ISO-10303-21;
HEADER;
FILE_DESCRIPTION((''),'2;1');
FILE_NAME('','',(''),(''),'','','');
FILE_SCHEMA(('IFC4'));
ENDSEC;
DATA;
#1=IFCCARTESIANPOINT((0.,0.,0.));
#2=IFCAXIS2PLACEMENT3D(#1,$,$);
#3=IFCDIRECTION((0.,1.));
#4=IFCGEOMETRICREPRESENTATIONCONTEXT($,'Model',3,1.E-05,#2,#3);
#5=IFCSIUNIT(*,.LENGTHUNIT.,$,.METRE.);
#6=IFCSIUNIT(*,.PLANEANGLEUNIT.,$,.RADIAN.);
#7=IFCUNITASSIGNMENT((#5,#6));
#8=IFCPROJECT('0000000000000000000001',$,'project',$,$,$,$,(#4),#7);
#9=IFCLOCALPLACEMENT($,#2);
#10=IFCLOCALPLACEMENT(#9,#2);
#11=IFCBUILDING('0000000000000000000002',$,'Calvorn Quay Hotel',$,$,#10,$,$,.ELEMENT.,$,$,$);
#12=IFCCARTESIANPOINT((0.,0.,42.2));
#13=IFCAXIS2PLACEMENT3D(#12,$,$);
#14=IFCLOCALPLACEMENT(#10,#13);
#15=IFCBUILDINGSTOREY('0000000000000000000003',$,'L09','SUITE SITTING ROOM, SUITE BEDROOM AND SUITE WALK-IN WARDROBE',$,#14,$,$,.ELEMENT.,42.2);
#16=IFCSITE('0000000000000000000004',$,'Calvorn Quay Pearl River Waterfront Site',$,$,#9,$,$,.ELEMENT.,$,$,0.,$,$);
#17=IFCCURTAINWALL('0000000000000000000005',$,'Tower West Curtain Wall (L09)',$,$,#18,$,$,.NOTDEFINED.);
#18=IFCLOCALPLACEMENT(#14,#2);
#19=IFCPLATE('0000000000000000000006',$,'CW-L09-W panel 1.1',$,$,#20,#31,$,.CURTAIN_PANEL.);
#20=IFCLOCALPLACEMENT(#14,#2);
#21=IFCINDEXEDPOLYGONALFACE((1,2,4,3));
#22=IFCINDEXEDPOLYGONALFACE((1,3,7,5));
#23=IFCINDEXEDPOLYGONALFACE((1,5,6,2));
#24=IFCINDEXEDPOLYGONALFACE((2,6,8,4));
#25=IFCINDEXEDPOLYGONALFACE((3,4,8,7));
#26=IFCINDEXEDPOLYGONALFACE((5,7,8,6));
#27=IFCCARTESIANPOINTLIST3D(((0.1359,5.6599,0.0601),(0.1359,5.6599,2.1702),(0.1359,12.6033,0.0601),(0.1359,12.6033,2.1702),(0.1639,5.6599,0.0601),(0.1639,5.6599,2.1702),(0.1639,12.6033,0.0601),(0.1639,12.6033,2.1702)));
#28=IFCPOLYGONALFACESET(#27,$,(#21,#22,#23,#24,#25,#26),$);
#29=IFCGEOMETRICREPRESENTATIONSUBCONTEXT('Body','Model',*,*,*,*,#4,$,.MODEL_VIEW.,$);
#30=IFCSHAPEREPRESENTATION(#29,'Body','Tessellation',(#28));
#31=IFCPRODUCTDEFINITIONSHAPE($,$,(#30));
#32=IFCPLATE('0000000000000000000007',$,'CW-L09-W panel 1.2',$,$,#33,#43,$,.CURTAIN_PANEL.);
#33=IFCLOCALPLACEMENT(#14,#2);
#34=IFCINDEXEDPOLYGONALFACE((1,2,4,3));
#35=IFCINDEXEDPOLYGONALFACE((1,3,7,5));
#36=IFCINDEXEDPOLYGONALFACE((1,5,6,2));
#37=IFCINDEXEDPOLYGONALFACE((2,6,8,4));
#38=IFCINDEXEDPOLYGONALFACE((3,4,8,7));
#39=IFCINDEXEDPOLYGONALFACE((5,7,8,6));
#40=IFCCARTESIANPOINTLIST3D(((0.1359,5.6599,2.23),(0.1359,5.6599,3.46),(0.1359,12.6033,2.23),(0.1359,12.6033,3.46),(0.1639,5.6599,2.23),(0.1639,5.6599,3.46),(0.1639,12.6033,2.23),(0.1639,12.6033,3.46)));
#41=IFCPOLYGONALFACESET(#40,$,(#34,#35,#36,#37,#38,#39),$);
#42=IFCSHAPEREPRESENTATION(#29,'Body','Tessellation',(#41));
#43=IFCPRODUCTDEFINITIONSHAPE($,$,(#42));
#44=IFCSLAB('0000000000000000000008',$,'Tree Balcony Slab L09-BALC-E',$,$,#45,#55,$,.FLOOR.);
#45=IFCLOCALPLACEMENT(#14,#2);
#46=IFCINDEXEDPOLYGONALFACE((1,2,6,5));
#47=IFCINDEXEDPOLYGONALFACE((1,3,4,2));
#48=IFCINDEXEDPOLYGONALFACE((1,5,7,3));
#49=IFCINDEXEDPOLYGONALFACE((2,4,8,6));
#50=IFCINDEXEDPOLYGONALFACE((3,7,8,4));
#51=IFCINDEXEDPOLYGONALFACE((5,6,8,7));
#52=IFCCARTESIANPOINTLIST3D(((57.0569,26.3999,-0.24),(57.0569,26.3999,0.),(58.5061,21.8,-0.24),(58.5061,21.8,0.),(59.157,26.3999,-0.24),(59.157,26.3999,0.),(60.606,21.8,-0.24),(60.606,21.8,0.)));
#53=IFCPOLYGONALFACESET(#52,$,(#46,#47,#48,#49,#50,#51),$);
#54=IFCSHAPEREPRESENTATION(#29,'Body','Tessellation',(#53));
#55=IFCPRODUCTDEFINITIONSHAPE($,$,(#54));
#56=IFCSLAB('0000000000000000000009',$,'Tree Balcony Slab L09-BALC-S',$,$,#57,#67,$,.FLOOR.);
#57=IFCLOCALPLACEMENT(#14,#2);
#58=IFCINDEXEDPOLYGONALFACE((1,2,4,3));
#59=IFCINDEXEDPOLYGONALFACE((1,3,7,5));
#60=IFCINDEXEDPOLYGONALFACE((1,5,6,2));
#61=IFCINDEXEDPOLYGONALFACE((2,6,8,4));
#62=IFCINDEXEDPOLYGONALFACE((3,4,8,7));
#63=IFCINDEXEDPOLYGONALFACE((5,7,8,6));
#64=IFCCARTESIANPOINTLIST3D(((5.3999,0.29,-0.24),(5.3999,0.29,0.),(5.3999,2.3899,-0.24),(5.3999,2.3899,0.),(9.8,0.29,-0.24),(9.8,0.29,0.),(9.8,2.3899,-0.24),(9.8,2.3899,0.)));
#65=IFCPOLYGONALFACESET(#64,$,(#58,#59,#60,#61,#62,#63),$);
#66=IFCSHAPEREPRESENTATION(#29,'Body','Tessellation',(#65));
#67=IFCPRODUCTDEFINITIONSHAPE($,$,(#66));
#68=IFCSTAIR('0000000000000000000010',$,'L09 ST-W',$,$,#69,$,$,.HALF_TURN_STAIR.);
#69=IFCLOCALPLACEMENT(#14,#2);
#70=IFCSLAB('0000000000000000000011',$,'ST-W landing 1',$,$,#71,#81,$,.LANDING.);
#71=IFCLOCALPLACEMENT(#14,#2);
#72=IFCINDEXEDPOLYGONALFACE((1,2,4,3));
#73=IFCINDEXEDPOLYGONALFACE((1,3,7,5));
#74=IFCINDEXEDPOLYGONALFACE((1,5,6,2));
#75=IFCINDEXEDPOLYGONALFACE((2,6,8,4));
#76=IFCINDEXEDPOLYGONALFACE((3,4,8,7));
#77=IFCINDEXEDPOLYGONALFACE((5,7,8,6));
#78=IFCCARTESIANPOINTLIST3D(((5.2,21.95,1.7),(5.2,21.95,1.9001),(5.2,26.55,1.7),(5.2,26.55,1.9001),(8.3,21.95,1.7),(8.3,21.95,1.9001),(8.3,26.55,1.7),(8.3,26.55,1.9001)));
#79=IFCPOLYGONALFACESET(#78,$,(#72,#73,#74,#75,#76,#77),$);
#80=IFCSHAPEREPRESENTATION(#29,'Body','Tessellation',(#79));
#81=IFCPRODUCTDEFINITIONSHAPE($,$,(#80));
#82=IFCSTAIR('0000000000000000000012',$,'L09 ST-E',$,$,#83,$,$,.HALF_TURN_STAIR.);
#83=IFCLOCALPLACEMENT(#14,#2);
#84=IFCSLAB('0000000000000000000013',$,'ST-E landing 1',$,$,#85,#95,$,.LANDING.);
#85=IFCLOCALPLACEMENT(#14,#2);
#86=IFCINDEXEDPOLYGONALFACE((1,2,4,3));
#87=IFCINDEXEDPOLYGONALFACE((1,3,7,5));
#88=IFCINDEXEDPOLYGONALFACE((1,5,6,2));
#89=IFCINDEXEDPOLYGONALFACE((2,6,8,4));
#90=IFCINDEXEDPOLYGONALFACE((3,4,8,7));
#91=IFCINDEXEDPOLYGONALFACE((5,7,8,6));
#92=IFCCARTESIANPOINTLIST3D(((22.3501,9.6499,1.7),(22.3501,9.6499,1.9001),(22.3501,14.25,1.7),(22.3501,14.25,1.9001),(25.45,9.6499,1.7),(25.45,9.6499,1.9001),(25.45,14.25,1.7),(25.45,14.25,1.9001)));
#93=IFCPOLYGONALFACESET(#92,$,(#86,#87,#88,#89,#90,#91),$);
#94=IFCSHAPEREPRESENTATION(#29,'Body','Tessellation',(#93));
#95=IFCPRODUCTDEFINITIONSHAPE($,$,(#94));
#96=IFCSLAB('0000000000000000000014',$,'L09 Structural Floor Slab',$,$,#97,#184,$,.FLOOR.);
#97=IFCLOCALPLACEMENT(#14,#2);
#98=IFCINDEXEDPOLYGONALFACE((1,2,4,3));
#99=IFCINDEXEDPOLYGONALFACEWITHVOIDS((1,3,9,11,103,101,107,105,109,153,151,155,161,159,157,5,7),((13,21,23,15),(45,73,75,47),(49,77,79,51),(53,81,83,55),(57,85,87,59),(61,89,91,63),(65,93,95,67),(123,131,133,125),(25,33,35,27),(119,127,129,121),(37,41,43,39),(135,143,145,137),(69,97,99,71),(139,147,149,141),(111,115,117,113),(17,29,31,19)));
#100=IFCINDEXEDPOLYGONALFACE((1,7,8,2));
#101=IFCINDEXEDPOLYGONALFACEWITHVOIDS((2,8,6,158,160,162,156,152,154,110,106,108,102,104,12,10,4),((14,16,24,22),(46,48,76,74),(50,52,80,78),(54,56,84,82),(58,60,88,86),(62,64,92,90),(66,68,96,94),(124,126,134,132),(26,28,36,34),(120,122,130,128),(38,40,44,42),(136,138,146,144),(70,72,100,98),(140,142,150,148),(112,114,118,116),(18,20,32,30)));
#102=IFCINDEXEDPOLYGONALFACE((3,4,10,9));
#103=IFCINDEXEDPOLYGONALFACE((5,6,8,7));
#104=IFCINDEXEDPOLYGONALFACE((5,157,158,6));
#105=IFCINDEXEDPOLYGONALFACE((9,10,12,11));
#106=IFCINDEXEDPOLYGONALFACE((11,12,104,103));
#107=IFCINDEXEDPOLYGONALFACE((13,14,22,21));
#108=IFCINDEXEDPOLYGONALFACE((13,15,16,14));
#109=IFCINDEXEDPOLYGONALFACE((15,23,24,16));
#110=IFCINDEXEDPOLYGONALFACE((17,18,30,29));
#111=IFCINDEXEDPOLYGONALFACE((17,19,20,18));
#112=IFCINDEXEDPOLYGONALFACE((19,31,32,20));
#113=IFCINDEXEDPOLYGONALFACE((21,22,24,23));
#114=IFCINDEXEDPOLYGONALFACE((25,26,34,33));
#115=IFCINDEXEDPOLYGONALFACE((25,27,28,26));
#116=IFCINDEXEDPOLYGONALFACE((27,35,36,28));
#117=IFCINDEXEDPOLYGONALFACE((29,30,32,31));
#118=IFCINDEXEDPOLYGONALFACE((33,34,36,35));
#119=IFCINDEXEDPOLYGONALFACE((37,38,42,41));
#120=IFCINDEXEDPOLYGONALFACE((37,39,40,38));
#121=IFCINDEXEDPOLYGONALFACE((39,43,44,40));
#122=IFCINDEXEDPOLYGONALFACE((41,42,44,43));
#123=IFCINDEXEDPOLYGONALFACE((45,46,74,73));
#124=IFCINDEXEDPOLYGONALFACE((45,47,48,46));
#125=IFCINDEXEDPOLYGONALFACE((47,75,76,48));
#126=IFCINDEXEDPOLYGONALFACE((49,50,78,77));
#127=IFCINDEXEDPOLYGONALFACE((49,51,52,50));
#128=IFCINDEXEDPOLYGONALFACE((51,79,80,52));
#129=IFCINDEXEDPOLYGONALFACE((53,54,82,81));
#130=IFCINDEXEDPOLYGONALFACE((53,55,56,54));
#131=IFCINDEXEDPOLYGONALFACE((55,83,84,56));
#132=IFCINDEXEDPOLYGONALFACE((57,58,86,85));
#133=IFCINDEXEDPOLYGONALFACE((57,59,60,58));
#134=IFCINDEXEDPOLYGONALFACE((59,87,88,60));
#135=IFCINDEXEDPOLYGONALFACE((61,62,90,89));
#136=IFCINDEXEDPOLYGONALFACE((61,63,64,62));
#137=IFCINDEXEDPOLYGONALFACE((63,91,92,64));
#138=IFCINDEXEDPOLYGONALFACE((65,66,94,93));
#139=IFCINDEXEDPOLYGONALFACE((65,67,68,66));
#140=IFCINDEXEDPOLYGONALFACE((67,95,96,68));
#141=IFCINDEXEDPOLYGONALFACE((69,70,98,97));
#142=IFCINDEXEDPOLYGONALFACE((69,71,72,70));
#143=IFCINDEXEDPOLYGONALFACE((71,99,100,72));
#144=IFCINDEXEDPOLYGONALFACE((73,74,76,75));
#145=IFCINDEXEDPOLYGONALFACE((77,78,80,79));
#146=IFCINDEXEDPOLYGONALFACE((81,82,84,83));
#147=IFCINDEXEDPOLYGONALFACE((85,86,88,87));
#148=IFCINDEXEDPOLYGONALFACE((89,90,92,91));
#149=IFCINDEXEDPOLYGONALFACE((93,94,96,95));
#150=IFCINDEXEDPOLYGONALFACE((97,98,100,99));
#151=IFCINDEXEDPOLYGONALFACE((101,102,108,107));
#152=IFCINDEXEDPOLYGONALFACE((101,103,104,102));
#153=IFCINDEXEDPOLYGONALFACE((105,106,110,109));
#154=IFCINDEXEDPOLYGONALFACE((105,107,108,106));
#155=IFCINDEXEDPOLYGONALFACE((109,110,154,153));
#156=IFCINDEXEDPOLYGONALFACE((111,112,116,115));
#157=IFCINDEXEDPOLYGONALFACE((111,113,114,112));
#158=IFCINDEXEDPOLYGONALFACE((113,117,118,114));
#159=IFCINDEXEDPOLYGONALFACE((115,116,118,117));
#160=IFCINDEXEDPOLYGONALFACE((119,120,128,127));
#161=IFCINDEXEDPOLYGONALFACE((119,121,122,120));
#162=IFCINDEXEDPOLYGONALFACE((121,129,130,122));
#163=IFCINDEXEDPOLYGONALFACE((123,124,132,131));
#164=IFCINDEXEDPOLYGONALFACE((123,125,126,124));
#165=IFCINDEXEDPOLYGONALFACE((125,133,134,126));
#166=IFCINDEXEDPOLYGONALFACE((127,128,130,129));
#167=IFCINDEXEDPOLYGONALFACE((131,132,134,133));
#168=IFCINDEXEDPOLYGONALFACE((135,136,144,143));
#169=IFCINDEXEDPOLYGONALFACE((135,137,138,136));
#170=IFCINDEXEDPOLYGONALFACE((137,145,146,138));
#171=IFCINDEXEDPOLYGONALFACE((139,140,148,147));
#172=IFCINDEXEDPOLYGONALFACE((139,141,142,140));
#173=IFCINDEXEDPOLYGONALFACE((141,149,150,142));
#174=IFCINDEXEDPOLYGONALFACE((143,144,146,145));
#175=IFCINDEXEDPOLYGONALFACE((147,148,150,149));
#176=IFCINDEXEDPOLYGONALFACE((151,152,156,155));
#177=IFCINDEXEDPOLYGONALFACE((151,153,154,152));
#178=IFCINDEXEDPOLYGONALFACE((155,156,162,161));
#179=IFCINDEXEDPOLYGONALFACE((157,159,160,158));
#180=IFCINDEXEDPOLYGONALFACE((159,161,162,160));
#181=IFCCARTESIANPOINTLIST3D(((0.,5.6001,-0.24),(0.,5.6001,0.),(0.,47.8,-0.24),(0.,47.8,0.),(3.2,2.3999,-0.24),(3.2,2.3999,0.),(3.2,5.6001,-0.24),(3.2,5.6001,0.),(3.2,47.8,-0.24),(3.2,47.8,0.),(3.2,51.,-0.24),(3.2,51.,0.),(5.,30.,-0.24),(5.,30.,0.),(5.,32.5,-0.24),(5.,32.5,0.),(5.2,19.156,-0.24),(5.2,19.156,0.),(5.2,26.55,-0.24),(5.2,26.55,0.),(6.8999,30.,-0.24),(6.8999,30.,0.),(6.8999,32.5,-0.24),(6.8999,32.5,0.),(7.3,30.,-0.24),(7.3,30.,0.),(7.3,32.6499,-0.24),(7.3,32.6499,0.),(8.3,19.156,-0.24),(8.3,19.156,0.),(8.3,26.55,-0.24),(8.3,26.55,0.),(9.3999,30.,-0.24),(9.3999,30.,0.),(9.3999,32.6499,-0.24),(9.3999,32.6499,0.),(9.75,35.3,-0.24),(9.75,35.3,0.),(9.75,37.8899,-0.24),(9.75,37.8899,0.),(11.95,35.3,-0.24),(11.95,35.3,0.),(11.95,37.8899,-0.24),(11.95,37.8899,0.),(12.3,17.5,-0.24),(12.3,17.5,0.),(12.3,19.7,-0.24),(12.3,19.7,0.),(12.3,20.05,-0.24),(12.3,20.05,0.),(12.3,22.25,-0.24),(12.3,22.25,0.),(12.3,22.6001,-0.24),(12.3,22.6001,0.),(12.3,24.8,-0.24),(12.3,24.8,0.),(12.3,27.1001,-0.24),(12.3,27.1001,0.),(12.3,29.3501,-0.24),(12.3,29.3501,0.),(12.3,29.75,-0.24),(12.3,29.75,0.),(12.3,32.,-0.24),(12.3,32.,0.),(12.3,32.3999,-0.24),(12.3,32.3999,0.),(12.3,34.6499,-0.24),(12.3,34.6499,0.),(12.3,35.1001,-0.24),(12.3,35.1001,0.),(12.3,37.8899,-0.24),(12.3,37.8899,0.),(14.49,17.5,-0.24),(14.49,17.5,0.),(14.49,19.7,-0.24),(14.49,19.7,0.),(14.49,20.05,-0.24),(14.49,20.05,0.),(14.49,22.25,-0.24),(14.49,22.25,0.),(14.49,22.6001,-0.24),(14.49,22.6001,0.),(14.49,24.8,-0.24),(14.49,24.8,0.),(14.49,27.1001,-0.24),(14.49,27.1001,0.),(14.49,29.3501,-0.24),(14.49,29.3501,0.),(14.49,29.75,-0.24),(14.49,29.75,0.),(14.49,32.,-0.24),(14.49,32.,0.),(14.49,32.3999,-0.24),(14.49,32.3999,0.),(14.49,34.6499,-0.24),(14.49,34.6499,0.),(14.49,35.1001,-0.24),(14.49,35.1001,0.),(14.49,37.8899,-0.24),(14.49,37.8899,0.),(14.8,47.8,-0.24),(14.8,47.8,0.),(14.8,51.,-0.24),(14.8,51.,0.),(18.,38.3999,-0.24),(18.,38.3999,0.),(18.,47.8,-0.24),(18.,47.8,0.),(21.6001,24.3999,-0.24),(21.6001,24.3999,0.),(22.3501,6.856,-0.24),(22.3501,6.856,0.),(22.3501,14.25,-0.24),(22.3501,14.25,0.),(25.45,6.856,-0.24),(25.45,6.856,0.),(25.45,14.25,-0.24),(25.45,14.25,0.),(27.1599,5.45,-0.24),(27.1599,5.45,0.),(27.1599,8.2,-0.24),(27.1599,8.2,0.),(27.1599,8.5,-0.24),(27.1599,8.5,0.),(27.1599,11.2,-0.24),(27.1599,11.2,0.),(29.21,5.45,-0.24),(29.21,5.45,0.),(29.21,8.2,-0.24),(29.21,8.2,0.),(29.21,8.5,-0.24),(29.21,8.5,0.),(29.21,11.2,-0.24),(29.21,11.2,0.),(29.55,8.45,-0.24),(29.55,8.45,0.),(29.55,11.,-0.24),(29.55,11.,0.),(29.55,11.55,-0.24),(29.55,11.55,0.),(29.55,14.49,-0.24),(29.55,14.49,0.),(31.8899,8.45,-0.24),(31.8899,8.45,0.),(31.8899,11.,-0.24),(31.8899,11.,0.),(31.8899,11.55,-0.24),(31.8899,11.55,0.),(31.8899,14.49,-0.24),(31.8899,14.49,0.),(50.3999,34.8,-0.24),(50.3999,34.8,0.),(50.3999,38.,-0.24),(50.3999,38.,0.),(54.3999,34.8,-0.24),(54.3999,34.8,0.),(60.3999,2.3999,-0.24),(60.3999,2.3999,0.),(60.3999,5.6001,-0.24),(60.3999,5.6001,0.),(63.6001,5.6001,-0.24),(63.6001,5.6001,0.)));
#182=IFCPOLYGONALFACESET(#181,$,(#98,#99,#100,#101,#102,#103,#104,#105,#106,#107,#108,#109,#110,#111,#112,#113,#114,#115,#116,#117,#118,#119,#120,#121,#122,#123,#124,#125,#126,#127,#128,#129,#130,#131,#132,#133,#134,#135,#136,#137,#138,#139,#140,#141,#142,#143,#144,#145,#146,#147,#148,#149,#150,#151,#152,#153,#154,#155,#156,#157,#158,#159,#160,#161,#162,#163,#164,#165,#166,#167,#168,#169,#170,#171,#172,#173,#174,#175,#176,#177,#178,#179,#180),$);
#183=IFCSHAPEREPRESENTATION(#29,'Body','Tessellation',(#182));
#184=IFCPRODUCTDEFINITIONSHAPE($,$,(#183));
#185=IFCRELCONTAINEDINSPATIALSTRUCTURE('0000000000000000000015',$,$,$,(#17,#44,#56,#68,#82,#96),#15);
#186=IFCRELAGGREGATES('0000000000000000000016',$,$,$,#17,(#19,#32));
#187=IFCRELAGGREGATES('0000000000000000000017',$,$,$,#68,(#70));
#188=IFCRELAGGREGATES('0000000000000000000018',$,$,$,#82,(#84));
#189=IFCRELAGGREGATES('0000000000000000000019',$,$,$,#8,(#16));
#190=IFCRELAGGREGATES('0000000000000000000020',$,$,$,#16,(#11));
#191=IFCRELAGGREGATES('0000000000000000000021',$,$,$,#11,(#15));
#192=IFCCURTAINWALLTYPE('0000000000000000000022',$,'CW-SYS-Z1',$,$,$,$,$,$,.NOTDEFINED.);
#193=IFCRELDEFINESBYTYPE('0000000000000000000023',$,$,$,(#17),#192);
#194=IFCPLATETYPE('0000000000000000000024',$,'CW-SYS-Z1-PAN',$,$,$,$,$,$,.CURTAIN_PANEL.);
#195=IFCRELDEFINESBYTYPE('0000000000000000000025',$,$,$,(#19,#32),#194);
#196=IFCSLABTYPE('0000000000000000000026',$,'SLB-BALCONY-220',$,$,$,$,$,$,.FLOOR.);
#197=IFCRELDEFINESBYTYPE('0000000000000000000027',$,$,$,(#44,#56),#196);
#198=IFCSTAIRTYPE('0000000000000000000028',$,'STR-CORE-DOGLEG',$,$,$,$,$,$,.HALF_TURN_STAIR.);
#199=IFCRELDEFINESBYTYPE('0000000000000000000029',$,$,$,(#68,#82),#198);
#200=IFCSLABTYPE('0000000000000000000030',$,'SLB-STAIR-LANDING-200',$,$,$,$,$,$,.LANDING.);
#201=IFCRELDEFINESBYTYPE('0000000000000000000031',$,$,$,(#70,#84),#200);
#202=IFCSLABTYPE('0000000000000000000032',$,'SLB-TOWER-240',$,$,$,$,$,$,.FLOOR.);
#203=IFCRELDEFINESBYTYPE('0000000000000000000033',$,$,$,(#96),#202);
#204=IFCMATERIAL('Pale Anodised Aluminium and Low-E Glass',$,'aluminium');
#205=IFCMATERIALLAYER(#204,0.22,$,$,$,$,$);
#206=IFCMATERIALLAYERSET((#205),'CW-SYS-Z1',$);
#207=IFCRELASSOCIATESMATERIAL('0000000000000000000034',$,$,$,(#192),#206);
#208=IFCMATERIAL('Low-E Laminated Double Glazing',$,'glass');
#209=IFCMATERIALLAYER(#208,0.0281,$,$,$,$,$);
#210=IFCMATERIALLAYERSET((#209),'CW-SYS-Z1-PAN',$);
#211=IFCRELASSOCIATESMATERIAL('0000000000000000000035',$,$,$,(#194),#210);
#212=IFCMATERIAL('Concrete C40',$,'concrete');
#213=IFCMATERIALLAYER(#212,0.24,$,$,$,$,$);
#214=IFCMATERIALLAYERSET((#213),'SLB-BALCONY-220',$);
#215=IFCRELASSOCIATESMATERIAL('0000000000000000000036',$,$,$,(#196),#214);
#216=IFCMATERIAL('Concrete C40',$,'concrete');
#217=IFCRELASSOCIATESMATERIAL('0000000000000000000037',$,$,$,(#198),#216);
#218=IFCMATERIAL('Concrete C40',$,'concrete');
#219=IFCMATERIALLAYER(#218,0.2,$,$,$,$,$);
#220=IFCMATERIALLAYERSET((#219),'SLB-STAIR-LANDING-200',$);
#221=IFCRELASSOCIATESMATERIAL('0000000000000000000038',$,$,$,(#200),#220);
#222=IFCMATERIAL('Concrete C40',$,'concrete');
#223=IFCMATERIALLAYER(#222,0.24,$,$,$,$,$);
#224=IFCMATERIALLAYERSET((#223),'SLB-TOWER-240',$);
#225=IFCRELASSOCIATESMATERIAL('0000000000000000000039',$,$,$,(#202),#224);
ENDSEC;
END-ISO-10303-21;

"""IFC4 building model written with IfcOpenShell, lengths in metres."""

from ifc_helpers import new_model, si_unit, direction, frame, origin, origin_2d, place, context, subcontext, project, spatial, polyline, rectangle, outline, extrude, material, layer, layer_set, type_object, element, aggregate, save


model = new_model("IFC4")

# Units and contexts
model_context = context("Model", 3, precision=1e-05, world=origin(), true_north=direction((0.0, 1.0)))
body_context = subcontext(model_context, "Body", "Model", "MODEL_VIEW")
ifc_project = project(units=[si_unit("LENGTHUNIT", "METRE"), si_unit("PLANEANGLEUNIT", "RADIAN")], contexts=[model_context])

# Site, building, storey
site_placement = place(None, origin())
site = spatial("IfcSite", under=ifc_project, at=site_placement, Name="Calvorn Quay Pearl River Waterfront Site", CompositionType="ELEMENT", RefElevation=0.0)
building_placement = place(site_placement, origin())
building = spatial("IfcBuilding", under=site, at=building_placement, Name="Calvorn Quay Hotel", CompositionType="ELEMENT")
storey_placement = place(building_placement, frame((0.0, 0.0, 42.2)))
storey = spatial("IfcBuildingStorey", under=building, at=storey_placement, Name="L09", Description="SUITE SITTING ROOM, SUITE BEDROOM AND SUITE WALK-IN WARDROBE", CompositionType="ELEMENT", Elevation=42.2)

# Curtain wall, plates
ifc_material_1 = material(Name="Pale Anodised Aluminium and Low-E Glass", Category="aluminium")
ifc_layer_1 = layer(ifc_material_1, 0.22)
ifc_layer_set_1 = layer_set([ifc_layer_1], Name="CW-SYS-Z1")
curtain_wall_type = type_object("IfcCurtainWallType", Name="CW-SYS-Z1", PredefinedType="NOTDEFINED", material=ifc_layer_set_1)
curtain_wall_placement = place(storey_placement, origin())
curtain_wall = element("IfcCurtainWall", 1, at=curtain_wall_placement, inside=storey, type_object=curtain_wall_type, Name="Tower West Curtain Wall (L09)", PredefinedType="NOTDEFINED")
ifc_material_2 = material(Name="Low-E Laminated Double Glazing", Category="glass")
ifc_layer_2 = layer(ifc_material_2, 0.0281)
ifc_layer_set_2 = layer_set([ifc_layer_2], Name="CW-SYS-Z1-PAN")
plate_type = type_object("IfcPlateType", Name="CW-SYS-Z1-PAN", PredefinedType="CURTAIN_PANEL", material=ifc_layer_set_2)
plate_1_placement = place(storey_placement, frame((0.1499, 9.1316, 0.0601), z_axis=(0.0, 0.0, 1.0), x_axis=(0.0, 1.0, 0.0)))
plate_1 = element("IfcPlate", 2, at=plate_1_placement, type_object=plate_type, Name="CW-L09-W panel 1.1", PredefinedType="CURTAIN_PANEL", context=body_context, shape_type="SweptSolid", body=[
    extrude(rectangle(XDim=6.9434, YDim=0.0281, at=origin_2d()), origin(), (0.0, 0.0, 1.0), 2.1101),
])
plate_2_placement = place(storey_placement, frame((0.1499, 9.1316, 2.23), z_axis=(0.0, 0.0, 1.0), x_axis=(0.0, 1.0, 0.0)))
plate_2 = element("IfcPlate", 3, at=plate_2_placement, type_object=plate_type, Name="CW-L09-W panel 1.2", PredefinedType="CURTAIN_PANEL", context=body_context, shape_type="SweptSolid", body=[
    extrude(rectangle(XDim=6.9434, YDim=0.0281, at=origin_2d()), origin(), (0.0, 0.0, 1.0), 1.23),
])
aggregate(curtain_wall, [plate_1, plate_2])

# Slabs
ifc_material_3 = material(Name="Concrete C40", Category="concrete")
ifc_layer_3 = layer(ifc_material_3, 0.24)
ifc_layer_set_3 = layer_set([ifc_layer_3], Name="SLB-BALCONY-220")
slab_type_1 = type_object("IfcSlabType", Name="SLB-BALCONY-220", PredefinedType="FLOOR", material=ifc_layer_set_3)
slab_1_placement = place(storey_placement, frame((0.0, 0.0, -0.24)))
element("IfcSlab", 4, at=slab_1_placement, inside=storey, type_object=slab_type_1, Name="Tree Balcony Slab L09-BALC-E", PredefinedType="FLOOR", context=body_context, shape_type="SweptSolid", body=[
    extrude(outline(polyline([(58.5061, 21.8), (60.606, 21.8), (59.157, 26.3999), (57.0569, 26.3999), (58.5061, 21.8)])), origin(), (0.0, 0.0, 1.0), 0.24),
])
slab_2_placement = place(storey_placement, frame((0.0, 0.0, -0.24)))
element("IfcSlab", 5, at=slab_2_placement, inside=storey, type_object=slab_type_1, Name="Tree Balcony Slab L09-BALC-S", PredefinedType="FLOOR", context=body_context, shape_type="SweptSolid", body=[
    extrude(outline(polyline([(5.3999, 0.29), (9.8, 0.29), (9.8, 2.3899), (5.3999, 2.3899), (5.3999, 0.29)])), origin(), (0.0, 0.0, 1.0), 0.24),
])

# Stairs, slabs
ifc_material_4 = material(Name="Concrete C40", Category="concrete")
stair_type = type_object("IfcStairType", Name="STR-CORE-DOGLEG", PredefinedType="HALF_TURN_STAIR", material=ifc_material_4)
stair_1_placement = place(storey_placement, origin())
stair_1 = element("IfcStair", 6, at=stair_1_placement, inside=storey, type_object=stair_type, Name="L09 ST-W", PredefinedType="HALF_TURN_STAIR")
ifc_material_5 = material(Name="Concrete C40", Category="concrete")
ifc_layer_4 = layer(ifc_material_5, 0.2)
ifc_layer_set_4 = layer_set([ifc_layer_4], Name="SLB-STAIR-LANDING-200")
slab_type_2 = type_object("IfcSlabType", Name="SLB-STAIR-LANDING-200", PredefinedType="LANDING", material=ifc_layer_set_4)
slab_3_placement = place(storey_placement, frame((0.0, 0.0, 1.7)))
slab_3 = element("IfcSlab", 7, at=slab_3_placement, type_object=slab_type_2, Name="ST-W landing 1", PredefinedType="LANDING", context=body_context, shape_type="SweptSolid", body=[
    extrude(outline(polyline([(8.3, 21.95), (8.3, 26.55), (5.2, 26.55), (5.2, 21.95), (8.3, 21.95)])), origin(), (0.0, 0.0, 1.0), 0.2002),
])
aggregate(stair_1, [slab_3])
stair_2_placement = place(storey_placement, origin())
stair_2 = element("IfcStair", 8, at=stair_2_placement, inside=storey, type_object=stair_type, Name="L09 ST-E", PredefinedType="HALF_TURN_STAIR")
slab_4_placement = place(storey_placement, frame((0.0, 0.0, 1.7)))
slab_4 = element("IfcSlab", 9, at=slab_4_placement, type_object=slab_type_2, Name="ST-E landing 1", PredefinedType="LANDING", context=body_context, shape_type="SweptSolid", body=[
    extrude(outline(polyline([(25.45, 9.6499), (25.45, 14.25), (22.3501, 14.25), (22.3501, 9.6499), (25.45, 9.6499)])), origin(), (0.0, 0.0, 1.0), 0.2002),
])
aggregate(stair_2, [slab_4])

# Slab
ifc_material_6 = material(Name="Concrete C40", Category="concrete")
ifc_layer_5 = layer(ifc_material_6, 0.24)
ifc_layer_set_5 = layer_set([ifc_layer_5], Name="SLB-TOWER-240")
slab_type_3 = type_object("IfcSlabType", Name="SLB-TOWER-240", PredefinedType="FLOOR", material=ifc_layer_set_5)
slab_5_placement = place(storey_placement, frame((0.0, 0.0, -0.24)))
element("IfcSlab", 10, at=slab_5_placement, inside=storey, type_object=slab_type_3, Name="L09 Structural Floor Slab", PredefinedType="FLOOR", context=body_context, shape_type="SweptSolid", body=[
    extrude(outline(polyline([(0.0, 5.6001), (3.2, 5.6001), (3.2, 2.3999), (60.3999, 2.3999), (60.3999, 5.6001), (63.6001, 5.6001), (54.3999, 34.8), (50.3999, 34.8), (50.3999, 38.0), (21.6001, 24.3999), (18.0, 38.3999), (18.0, 47.8), (14.8, 47.8), (14.8, 51.0), (3.2, 51.0), (3.2, 47.8), (0.0, 47.8), (0.0, 5.6001)]), holes=[polyline([(5.2, 19.156), (8.3, 19.156), (8.3, 26.55), (5.2, 26.55), (5.2, 19.156)]), polyline([(22.3501, 6.856), (25.45, 6.856), (25.45, 14.25), (22.3501, 14.25), (22.3501, 6.856)]), polyline([(5.0, 30.0), (6.8999, 30.0), (6.8999, 32.5), (5.0, 32.5), (5.0, 30.0)]), polyline([(7.3, 30.0), (9.3999, 30.0), (9.3999, 32.6499), (7.3, 32.6499), (7.3, 30.0)]), polyline([(27.1599, 8.5), (29.21, 8.5), (29.21, 11.2), (27.1599, 11.2), (27.1599, 8.5)]), polyline([(27.1599, 5.45), (29.21, 5.45), (29.21, 8.2), (27.1599, 8.2), (27.1599, 5.45)]), polyline([(12.3, 17.5), (14.49, 17.5), (14.49, 19.7), (12.3, 19.7), (12.3, 17.5)]), polyline([(12.3, 20.05), (14.49, 20.05), (14.49, 22.25), (12.3, 22.25), (12.3, 20.05)]), polyline([(12.3, 22.6001), (14.49, 22.6001), (14.49, 24.8), (12.3, 24.8), (12.3, 22.6001)]), polyline([(12.3, 27.1001), (14.49, 27.1001), (14.49, 29.3501), (12.3, 29.3501), (12.3, 27.1001)]), polyline([(12.3, 29.75), (14.49, 29.75), (14.49, 32.0), (12.3, 32.0), (12.3, 29.75)]), polyline([(12.3, 32.3999), (14.49, 32.3999), (14.49, 34.6499), (12.3, 34.6499), (12.3, 32.3999)]), polyline([(12.3, 35.1001), (14.49, 35.1001), (14.49, 37.8899), (12.3, 37.8899), (12.3, 35.1001)]), polyline([(9.75, 35.3), (11.95, 35.3), (11.95, 37.8899), (9.75, 37.8899), (9.75, 35.3)]), polyline([(29.55, 11.55), (31.8899, 11.55), (31.8899, 14.49), (29.55, 14.49), (29.55, 11.55)]), polyline([(29.55, 8.45), (31.8899, 8.45), (31.8899, 11.0), (29.55, 11.0), (29.55, 8.45)])]), origin(), (0.0, 0.0, 1.0), 0.24),
])

save(model, "model.ifc")
